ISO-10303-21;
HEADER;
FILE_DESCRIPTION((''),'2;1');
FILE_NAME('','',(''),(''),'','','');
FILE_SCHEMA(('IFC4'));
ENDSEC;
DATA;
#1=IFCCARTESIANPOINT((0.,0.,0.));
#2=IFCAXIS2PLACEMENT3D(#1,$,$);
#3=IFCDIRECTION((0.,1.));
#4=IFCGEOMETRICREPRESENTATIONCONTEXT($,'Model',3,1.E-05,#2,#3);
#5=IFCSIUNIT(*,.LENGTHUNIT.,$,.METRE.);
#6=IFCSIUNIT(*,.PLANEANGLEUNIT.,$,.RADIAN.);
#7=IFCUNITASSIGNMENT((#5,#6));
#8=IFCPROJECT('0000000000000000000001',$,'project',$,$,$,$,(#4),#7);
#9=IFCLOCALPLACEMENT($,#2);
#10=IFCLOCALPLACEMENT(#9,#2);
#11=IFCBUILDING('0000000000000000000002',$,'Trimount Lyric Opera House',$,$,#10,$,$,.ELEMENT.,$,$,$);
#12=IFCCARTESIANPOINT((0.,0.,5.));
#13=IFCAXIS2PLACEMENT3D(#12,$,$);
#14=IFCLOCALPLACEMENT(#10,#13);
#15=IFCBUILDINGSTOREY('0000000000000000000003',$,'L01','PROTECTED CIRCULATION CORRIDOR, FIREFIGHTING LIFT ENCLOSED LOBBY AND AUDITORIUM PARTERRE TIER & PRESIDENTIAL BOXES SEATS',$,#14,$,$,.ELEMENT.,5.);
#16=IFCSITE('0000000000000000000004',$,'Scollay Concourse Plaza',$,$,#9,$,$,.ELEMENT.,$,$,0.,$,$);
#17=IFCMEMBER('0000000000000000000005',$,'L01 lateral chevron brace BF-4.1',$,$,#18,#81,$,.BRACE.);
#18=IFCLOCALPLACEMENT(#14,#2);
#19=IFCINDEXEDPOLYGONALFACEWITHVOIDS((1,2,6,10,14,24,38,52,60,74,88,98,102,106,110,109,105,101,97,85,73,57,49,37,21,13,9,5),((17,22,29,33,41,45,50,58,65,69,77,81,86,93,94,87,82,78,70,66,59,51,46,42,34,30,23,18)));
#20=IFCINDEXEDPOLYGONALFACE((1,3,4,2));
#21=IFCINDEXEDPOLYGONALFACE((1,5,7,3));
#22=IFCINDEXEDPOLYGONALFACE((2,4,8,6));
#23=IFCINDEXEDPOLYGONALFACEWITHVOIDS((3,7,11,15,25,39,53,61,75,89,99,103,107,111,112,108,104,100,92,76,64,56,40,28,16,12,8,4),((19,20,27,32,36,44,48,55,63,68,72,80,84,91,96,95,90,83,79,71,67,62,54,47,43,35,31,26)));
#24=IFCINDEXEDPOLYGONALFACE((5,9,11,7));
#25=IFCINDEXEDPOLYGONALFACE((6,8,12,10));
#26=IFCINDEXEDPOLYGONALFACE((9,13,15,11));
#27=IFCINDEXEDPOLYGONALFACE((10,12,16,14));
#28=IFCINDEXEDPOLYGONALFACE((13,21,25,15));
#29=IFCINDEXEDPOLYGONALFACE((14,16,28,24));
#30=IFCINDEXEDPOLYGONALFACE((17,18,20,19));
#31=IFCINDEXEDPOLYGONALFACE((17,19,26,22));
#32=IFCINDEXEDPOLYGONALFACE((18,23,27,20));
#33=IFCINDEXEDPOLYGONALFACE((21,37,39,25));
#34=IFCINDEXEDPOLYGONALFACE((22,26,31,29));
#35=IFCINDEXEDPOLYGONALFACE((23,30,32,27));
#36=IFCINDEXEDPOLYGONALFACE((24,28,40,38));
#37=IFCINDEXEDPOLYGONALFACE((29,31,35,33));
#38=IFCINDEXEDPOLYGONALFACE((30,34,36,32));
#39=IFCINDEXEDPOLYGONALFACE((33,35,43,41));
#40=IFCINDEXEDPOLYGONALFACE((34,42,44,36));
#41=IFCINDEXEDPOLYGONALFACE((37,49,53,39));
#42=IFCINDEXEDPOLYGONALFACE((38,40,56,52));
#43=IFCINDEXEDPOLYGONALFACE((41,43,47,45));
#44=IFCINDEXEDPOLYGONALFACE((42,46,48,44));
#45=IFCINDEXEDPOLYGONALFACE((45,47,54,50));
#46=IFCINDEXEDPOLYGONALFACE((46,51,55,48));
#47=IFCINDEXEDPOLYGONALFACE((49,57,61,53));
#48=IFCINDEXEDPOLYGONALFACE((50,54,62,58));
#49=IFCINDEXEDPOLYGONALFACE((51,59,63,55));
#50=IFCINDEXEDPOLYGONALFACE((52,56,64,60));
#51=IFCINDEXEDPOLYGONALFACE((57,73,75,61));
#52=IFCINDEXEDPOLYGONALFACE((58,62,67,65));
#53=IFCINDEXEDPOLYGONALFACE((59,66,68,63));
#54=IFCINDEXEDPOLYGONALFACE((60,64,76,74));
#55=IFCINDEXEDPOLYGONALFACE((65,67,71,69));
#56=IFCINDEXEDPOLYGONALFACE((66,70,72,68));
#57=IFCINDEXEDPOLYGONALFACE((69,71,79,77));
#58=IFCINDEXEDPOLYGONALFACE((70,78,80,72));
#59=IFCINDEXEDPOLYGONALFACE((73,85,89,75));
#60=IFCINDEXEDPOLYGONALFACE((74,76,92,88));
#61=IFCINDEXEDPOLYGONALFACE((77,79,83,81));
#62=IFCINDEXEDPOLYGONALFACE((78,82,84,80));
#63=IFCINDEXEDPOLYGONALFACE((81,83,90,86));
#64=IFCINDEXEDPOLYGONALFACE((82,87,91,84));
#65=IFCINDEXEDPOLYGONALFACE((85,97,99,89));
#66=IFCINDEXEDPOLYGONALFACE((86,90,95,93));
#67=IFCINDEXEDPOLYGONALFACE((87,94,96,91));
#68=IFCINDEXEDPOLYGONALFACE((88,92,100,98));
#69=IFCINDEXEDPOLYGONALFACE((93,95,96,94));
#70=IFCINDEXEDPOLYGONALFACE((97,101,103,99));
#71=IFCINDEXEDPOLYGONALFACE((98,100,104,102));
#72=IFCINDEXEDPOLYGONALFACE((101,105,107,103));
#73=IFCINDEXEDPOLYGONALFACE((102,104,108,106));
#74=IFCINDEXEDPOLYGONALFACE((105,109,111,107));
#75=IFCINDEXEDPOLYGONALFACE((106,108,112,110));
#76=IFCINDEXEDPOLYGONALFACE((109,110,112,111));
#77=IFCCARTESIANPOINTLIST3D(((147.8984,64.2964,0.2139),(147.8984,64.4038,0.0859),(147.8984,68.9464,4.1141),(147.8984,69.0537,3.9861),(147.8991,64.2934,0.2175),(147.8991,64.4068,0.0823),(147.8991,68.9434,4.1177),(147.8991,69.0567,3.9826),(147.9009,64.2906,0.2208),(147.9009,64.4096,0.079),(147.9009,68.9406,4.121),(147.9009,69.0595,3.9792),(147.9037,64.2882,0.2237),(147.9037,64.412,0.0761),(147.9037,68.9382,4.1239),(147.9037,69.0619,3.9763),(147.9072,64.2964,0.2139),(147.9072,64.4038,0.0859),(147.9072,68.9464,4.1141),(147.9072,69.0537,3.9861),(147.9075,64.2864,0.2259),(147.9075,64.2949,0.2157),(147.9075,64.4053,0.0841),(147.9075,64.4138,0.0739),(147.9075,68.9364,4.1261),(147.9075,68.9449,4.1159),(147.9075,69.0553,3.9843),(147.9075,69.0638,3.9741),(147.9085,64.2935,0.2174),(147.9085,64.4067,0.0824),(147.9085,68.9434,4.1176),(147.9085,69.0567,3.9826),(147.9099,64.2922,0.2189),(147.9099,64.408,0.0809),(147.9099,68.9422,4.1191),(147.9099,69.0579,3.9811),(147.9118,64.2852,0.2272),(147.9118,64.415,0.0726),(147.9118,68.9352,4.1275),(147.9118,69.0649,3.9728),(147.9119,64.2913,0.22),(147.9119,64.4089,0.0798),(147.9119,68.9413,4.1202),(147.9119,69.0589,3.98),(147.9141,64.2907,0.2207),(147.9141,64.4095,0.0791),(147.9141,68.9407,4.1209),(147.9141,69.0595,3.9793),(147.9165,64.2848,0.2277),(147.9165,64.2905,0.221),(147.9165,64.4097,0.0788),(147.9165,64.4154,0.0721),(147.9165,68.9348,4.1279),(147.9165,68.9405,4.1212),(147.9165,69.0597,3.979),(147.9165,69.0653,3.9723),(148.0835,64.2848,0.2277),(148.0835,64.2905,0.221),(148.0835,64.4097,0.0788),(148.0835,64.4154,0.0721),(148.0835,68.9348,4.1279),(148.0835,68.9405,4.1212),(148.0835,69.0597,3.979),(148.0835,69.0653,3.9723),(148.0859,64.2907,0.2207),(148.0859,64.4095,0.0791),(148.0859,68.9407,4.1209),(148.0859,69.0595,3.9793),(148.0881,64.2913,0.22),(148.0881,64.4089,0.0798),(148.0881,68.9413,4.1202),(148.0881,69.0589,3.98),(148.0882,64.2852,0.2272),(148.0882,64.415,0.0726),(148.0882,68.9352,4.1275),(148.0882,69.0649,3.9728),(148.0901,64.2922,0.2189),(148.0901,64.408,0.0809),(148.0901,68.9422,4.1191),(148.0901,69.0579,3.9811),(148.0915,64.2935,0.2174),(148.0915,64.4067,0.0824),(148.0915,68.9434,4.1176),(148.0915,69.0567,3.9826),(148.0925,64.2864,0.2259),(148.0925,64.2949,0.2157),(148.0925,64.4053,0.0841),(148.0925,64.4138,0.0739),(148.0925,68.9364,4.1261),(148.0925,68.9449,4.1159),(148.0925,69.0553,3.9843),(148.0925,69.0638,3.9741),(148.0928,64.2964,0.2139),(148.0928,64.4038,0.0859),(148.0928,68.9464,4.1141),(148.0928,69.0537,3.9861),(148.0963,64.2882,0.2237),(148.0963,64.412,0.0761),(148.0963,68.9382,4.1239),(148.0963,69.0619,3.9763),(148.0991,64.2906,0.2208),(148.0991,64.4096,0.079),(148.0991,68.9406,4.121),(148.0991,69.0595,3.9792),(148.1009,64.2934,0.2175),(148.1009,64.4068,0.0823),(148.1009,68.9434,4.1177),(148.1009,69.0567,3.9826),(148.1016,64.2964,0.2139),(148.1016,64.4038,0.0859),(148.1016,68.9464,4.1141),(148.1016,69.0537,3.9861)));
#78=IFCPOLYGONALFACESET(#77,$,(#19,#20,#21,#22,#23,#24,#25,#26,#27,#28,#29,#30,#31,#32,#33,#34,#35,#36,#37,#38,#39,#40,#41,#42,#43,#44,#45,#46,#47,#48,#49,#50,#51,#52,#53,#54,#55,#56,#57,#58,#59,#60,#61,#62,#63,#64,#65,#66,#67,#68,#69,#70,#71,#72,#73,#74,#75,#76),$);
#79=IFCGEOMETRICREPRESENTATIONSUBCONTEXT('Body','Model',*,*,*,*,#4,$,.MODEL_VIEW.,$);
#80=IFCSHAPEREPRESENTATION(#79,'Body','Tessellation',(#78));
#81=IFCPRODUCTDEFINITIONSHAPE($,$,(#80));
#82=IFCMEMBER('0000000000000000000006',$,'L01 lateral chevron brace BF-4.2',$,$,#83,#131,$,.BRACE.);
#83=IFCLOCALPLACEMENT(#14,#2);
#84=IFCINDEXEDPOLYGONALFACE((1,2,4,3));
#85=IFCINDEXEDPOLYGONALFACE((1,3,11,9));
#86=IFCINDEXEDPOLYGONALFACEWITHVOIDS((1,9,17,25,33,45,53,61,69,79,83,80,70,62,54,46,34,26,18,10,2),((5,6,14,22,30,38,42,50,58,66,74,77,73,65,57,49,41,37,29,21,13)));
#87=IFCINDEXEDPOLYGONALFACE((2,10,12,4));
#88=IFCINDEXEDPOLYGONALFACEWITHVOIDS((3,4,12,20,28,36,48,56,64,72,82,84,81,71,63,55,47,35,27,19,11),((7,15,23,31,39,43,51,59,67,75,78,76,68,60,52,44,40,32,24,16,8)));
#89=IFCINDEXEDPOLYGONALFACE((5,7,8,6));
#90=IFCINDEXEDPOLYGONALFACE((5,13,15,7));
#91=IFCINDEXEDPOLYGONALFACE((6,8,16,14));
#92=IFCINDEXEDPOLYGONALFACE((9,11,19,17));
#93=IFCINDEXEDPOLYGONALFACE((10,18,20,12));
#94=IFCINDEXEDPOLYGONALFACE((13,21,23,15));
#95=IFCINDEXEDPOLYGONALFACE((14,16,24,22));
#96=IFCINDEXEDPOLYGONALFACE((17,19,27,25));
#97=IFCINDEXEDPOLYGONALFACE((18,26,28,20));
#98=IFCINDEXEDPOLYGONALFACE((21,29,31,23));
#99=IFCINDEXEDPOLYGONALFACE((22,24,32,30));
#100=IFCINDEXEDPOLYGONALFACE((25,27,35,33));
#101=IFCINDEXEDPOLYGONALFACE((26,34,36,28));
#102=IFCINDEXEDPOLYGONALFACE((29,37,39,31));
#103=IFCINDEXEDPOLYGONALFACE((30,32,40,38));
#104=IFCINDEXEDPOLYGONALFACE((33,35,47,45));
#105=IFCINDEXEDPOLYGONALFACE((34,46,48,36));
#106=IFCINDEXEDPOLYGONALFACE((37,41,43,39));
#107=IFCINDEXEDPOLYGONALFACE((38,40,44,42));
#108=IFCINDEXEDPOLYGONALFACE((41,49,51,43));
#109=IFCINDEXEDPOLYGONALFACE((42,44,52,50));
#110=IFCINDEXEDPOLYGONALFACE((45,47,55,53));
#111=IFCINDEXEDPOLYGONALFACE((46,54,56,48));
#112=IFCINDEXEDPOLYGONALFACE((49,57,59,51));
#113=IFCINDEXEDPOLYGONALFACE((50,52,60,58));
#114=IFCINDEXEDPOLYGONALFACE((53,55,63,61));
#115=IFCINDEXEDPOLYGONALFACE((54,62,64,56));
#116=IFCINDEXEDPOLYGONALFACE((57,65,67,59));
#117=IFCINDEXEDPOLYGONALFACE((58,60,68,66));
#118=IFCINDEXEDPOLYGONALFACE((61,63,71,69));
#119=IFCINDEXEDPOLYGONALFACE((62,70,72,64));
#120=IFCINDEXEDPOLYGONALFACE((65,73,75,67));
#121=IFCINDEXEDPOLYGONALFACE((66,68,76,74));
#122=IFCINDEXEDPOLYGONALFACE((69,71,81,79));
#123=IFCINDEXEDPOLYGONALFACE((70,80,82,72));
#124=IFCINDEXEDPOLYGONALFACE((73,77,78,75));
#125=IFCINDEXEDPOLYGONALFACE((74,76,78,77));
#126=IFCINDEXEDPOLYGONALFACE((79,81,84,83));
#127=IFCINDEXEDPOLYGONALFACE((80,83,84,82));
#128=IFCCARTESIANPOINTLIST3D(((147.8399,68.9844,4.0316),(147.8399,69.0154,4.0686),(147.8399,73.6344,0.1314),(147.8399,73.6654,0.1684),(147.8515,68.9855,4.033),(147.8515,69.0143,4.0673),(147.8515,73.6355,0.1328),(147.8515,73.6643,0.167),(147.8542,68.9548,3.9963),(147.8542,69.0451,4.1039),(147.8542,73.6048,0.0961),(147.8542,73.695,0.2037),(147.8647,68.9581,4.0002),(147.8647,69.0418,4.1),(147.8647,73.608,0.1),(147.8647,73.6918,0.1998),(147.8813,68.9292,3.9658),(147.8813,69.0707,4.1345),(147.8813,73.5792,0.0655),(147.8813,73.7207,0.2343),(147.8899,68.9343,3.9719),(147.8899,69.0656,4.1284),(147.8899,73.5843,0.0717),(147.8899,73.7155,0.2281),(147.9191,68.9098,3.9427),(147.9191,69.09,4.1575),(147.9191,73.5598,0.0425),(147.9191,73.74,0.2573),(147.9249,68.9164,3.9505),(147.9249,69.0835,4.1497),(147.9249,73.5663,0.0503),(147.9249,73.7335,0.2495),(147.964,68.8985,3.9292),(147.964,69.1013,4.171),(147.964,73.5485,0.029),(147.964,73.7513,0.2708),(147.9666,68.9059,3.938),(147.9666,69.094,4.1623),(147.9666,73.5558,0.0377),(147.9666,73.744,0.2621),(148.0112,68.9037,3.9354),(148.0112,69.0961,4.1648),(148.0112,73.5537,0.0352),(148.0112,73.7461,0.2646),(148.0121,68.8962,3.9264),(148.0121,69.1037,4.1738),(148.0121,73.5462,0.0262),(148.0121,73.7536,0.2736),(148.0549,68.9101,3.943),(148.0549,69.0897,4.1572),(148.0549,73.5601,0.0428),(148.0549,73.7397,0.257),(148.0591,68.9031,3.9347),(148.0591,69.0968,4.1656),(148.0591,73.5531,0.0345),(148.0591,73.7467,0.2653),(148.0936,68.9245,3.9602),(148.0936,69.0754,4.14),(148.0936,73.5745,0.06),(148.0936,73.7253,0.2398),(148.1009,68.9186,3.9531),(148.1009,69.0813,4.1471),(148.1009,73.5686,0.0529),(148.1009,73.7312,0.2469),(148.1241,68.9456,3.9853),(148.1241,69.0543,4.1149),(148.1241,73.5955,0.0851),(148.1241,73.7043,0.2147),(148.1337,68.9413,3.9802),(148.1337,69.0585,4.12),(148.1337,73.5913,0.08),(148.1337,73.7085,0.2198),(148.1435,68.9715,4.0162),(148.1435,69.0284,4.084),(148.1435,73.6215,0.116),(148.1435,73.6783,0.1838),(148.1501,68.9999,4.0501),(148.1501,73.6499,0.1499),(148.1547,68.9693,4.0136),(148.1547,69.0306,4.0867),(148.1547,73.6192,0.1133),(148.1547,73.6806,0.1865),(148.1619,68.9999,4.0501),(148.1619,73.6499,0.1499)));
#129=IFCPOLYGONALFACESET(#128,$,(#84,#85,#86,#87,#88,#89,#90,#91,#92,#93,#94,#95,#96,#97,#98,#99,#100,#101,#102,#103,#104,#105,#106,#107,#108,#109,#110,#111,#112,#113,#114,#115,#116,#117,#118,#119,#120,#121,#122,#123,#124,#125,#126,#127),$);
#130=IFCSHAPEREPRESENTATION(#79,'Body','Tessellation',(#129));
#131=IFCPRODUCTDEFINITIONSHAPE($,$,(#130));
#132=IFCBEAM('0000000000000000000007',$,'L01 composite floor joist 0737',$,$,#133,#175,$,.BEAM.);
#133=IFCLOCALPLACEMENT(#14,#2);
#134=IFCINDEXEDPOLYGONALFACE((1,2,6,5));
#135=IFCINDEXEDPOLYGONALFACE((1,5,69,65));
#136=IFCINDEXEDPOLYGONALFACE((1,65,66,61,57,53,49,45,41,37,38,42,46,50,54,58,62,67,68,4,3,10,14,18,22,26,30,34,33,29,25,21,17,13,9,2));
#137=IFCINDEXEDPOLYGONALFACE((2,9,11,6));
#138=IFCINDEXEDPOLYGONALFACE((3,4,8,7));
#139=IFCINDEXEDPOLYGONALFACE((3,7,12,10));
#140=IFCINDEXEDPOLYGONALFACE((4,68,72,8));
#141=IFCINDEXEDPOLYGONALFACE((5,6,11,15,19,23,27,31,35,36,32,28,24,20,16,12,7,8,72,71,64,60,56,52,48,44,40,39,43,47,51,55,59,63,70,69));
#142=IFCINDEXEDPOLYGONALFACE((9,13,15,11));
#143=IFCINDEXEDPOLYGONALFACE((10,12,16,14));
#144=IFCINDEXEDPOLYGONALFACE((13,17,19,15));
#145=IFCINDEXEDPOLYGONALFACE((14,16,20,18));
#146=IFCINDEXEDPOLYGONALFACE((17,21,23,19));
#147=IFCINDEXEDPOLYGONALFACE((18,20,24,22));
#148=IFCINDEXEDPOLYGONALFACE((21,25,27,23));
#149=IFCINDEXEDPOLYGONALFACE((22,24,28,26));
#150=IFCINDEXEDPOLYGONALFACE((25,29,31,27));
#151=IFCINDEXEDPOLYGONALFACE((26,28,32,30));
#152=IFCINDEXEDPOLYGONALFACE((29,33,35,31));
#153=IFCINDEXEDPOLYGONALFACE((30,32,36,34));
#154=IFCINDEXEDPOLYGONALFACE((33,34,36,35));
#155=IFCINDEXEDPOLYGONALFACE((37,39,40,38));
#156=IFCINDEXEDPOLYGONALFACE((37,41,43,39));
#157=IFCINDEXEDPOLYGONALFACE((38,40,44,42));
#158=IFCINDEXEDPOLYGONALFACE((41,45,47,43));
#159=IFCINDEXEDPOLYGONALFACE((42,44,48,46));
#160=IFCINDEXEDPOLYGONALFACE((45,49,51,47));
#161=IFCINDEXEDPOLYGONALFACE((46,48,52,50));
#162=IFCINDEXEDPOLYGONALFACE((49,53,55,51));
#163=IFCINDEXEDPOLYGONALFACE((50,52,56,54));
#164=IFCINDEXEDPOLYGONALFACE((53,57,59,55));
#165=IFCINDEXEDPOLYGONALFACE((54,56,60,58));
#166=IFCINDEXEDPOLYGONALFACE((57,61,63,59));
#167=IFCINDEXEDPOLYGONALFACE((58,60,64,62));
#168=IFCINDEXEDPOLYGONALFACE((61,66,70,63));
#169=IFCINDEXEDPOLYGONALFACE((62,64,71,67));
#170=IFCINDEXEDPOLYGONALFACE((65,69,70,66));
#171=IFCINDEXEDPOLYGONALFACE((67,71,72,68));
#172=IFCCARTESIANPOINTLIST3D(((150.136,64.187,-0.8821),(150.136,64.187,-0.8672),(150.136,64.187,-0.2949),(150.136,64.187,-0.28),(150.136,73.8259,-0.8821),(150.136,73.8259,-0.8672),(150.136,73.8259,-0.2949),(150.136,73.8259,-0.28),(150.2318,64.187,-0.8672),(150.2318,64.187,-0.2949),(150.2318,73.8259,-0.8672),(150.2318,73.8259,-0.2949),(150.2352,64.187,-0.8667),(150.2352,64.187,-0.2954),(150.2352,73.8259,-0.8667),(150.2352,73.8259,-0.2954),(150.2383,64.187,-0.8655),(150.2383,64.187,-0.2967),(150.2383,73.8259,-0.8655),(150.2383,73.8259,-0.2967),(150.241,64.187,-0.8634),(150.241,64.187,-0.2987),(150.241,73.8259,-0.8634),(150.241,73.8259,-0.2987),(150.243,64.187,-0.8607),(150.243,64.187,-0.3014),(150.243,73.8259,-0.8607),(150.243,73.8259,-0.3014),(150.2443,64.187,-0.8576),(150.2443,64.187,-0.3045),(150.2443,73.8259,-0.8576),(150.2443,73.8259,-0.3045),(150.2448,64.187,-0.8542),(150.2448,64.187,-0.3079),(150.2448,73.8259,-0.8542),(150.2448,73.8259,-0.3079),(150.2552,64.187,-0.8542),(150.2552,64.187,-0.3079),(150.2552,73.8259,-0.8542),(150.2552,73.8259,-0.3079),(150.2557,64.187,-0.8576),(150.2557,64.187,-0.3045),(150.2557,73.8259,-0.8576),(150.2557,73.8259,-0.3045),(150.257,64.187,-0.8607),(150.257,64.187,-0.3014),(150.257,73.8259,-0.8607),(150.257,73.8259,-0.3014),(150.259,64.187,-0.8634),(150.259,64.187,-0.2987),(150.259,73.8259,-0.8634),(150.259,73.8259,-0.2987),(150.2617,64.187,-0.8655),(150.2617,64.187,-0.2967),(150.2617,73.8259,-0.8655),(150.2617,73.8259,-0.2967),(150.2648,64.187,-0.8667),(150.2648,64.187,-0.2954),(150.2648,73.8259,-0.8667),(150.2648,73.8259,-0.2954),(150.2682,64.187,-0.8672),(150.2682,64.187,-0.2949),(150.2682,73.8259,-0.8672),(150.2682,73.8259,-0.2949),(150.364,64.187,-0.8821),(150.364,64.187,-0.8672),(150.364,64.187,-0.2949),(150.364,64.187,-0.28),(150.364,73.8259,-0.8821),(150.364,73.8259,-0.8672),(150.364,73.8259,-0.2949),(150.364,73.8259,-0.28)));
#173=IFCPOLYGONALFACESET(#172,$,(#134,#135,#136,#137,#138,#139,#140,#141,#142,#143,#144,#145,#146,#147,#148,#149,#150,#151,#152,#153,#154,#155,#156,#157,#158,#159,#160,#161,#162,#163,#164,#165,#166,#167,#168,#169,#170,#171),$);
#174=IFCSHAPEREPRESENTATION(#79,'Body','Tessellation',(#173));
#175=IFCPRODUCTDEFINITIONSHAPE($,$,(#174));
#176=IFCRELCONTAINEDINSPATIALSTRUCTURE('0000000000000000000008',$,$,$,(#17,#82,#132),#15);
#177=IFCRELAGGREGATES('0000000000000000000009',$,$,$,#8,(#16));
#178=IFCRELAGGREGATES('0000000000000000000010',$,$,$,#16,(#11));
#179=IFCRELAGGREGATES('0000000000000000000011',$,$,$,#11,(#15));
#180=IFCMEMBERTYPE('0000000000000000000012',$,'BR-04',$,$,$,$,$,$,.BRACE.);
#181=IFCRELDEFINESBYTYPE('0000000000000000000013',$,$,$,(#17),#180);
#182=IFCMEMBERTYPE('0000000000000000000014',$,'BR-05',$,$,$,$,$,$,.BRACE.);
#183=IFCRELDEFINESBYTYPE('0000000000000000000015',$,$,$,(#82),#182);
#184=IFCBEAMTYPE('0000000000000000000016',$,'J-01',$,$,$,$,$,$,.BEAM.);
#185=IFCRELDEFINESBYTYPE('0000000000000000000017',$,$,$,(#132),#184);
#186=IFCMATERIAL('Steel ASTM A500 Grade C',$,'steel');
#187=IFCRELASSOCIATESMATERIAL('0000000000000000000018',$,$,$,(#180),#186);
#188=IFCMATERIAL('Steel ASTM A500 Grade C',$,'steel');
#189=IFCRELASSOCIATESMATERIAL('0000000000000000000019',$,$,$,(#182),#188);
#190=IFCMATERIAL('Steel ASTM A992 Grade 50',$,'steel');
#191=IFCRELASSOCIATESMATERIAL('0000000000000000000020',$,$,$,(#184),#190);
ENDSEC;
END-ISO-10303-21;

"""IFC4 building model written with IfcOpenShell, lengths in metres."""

from ifc_helpers import new_model, si_unit, direction, frame, origin, origin_2d, place, context, subcontext, project, spatial, hollow_rectangle, hollow_circle, i_section, extrude, material, material_profile, profile_set, type_object, element, save


model = new_model("IFC4")

# Units and contexts
model_context = context("Model", 3, precision=1e-05, world=origin(), true_north=direction((0.0, 1.0)))
body_context = subcontext(model_context, "Body", "Model", "MODEL_VIEW")
ifc_project = project(units=[si_unit("LENGTHUNIT", "METRE"), si_unit("PLANEANGLEUNIT", "RADIAN")], contexts=[model_context])

# Site, building, storey
site_placement = place(None, origin())
site = spatial("IfcSite", under=ifc_project, at=site_placement, Name="Scollay Concourse Plaza", CompositionType="ELEMENT", RefElevation=0.0)
building_placement = place(site_placement, origin())
building = spatial("IfcBuilding", under=site, at=building_placement, Name="Trimount Lyric Opera House", CompositionType="ELEMENT")
storey_placement = place(building_placement, frame((0.0, 0.0, 5.0)))
storey = spatial("IfcBuildingStorey", under=building, at=storey_placement, Name="L01", Description="PROTECTED CIRCULATION CORRIDOR, FIREFIGHTING LIFT ENCLOSED LOBBY AND AUDITORIUM PARTERRE TIER & PRESIDENTIAL BOXES SEATS", CompositionType="ELEMENT", Elevation=5.0)

# Members
ifc_material_1 = material(Name="Steel ASTM A500 Grade C", Category="steel")
ifc_material_profile_1 = material_profile(ifc_material_1, hollow_rectangle(XDim=0.2031, YDim=0.2031, WallThickness=0.0088, InnerFilletRadius=0.0093, OuterFilletRadius=0.0181, at=origin_2d()), Name="HSS203.2X203.2X9.5")
ifc_profile_set_1 = profile_set([ifc_material_profile_1], Name="Steel ASTM A500 Grade C")
member_type_1 = type_object("IfcMemberType", Name="BR-04", PredefinedType="BRACE", material=ifc_profile_set_1)
member_1_placement = place(storey_placement, frame((148.0, 64.3501, 0.1499), z_axis=(0.0, 0.766173, 0.642634), x_axis=(-1.0, 0.0, 0.0)))
element("IfcMember", 1, at=member_1_placement, inside=storey, type_object=member_type_1, Name="L01 lateral chevron brace BF-4.1", PredefinedType="BRACE", context=body_context, shape_type="SweptSolid", body=[
    extrude(hollow_rectangle(XDim=0.2031, YDim=0.2031, WallThickness=0.0088, InnerFilletRadius=0.0093, OuterFilletRadius=0.0181, at=origin_2d()), origin(), (0.0, 0.0, 1.0), 6.0691),
])
ifc_material_2 = material(Name="Steel ASTM A500 Grade C", Category="steel")
ifc_material_profile_2 = material_profile(ifc_material_2, hollow_circle(Radius=0.1619, WallThickness=0.0117, at=origin_2d()), Name="HSS323.9X12.7")
ifc_profile_set_2 = profile_set([ifc_material_profile_2], Name="Steel ASTM A500 Grade C")
member_type_2 = type_object("IfcMemberType", Name="BR-05", PredefinedType="BRACE", material=ifc_profile_set_2)
member_2_placement = place(storey_placement, frame((148.0, 73.6499, 0.1499), z_axis=(0.0, -0.766173, 0.642634), x_axis=(1.0, 0.0, 0.0)))
element("IfcMember", 2, at=member_2_placement, inside=storey, type_object=member_type_2, Name="L01 lateral chevron brace BF-4.2", PredefinedType="BRACE", context=body_context, shape_type="SweptSolid", body=[
    extrude(hollow_circle(Radius=0.1619, WallThickness=0.0117, at=origin_2d()), origin(), (0.0, 0.0, 1.0), 6.0691),
])

# Beam
ifc_material_3 = material(Name="Steel ASTM A992 Grade 50", Category="steel")
ifc_material_profile_3 = material_profile(ifc_material_3, i_section(OverallWidth=0.228, OverallDepth=0.6021, WebThickness=0.0105, FlangeThickness=0.0149, FilletRadius=0.0129, at=origin_2d()), Name="W24X68")
ifc_profile_set_3 = profile_set([ifc_material_profile_3], Name="Steel ASTM A992 Grade 50")
beam_type_1 = type_object("IfcBeamType", Name="J-01", PredefinedType="BEAM", material=ifc_profile_set_3)
beam_1_placement = place(storey_placement, frame((150.25, 64.187, -0.5811), z_axis=(0.0, 1.0, 0.0), x_axis=(-1.0, 0.0, 0.0)))
element("IfcBeam", 3, at=beam_1_placement, inside=storey, type_object=beam_type_1, Name="L01 composite floor joist 0737", PredefinedType="BEAM", context=body_context, shape_type="SweptSolid", body=[
    extrude(i_section(OverallWidth=0.228, OverallDepth=0.6021, WebThickness=0.0105, FlangeThickness=0.0149, FilletRadius=0.0129, at=origin_2d()), origin(), (0.0, 0.0, 1.0), 9.6389),
])

save(model, "model.ifc")
